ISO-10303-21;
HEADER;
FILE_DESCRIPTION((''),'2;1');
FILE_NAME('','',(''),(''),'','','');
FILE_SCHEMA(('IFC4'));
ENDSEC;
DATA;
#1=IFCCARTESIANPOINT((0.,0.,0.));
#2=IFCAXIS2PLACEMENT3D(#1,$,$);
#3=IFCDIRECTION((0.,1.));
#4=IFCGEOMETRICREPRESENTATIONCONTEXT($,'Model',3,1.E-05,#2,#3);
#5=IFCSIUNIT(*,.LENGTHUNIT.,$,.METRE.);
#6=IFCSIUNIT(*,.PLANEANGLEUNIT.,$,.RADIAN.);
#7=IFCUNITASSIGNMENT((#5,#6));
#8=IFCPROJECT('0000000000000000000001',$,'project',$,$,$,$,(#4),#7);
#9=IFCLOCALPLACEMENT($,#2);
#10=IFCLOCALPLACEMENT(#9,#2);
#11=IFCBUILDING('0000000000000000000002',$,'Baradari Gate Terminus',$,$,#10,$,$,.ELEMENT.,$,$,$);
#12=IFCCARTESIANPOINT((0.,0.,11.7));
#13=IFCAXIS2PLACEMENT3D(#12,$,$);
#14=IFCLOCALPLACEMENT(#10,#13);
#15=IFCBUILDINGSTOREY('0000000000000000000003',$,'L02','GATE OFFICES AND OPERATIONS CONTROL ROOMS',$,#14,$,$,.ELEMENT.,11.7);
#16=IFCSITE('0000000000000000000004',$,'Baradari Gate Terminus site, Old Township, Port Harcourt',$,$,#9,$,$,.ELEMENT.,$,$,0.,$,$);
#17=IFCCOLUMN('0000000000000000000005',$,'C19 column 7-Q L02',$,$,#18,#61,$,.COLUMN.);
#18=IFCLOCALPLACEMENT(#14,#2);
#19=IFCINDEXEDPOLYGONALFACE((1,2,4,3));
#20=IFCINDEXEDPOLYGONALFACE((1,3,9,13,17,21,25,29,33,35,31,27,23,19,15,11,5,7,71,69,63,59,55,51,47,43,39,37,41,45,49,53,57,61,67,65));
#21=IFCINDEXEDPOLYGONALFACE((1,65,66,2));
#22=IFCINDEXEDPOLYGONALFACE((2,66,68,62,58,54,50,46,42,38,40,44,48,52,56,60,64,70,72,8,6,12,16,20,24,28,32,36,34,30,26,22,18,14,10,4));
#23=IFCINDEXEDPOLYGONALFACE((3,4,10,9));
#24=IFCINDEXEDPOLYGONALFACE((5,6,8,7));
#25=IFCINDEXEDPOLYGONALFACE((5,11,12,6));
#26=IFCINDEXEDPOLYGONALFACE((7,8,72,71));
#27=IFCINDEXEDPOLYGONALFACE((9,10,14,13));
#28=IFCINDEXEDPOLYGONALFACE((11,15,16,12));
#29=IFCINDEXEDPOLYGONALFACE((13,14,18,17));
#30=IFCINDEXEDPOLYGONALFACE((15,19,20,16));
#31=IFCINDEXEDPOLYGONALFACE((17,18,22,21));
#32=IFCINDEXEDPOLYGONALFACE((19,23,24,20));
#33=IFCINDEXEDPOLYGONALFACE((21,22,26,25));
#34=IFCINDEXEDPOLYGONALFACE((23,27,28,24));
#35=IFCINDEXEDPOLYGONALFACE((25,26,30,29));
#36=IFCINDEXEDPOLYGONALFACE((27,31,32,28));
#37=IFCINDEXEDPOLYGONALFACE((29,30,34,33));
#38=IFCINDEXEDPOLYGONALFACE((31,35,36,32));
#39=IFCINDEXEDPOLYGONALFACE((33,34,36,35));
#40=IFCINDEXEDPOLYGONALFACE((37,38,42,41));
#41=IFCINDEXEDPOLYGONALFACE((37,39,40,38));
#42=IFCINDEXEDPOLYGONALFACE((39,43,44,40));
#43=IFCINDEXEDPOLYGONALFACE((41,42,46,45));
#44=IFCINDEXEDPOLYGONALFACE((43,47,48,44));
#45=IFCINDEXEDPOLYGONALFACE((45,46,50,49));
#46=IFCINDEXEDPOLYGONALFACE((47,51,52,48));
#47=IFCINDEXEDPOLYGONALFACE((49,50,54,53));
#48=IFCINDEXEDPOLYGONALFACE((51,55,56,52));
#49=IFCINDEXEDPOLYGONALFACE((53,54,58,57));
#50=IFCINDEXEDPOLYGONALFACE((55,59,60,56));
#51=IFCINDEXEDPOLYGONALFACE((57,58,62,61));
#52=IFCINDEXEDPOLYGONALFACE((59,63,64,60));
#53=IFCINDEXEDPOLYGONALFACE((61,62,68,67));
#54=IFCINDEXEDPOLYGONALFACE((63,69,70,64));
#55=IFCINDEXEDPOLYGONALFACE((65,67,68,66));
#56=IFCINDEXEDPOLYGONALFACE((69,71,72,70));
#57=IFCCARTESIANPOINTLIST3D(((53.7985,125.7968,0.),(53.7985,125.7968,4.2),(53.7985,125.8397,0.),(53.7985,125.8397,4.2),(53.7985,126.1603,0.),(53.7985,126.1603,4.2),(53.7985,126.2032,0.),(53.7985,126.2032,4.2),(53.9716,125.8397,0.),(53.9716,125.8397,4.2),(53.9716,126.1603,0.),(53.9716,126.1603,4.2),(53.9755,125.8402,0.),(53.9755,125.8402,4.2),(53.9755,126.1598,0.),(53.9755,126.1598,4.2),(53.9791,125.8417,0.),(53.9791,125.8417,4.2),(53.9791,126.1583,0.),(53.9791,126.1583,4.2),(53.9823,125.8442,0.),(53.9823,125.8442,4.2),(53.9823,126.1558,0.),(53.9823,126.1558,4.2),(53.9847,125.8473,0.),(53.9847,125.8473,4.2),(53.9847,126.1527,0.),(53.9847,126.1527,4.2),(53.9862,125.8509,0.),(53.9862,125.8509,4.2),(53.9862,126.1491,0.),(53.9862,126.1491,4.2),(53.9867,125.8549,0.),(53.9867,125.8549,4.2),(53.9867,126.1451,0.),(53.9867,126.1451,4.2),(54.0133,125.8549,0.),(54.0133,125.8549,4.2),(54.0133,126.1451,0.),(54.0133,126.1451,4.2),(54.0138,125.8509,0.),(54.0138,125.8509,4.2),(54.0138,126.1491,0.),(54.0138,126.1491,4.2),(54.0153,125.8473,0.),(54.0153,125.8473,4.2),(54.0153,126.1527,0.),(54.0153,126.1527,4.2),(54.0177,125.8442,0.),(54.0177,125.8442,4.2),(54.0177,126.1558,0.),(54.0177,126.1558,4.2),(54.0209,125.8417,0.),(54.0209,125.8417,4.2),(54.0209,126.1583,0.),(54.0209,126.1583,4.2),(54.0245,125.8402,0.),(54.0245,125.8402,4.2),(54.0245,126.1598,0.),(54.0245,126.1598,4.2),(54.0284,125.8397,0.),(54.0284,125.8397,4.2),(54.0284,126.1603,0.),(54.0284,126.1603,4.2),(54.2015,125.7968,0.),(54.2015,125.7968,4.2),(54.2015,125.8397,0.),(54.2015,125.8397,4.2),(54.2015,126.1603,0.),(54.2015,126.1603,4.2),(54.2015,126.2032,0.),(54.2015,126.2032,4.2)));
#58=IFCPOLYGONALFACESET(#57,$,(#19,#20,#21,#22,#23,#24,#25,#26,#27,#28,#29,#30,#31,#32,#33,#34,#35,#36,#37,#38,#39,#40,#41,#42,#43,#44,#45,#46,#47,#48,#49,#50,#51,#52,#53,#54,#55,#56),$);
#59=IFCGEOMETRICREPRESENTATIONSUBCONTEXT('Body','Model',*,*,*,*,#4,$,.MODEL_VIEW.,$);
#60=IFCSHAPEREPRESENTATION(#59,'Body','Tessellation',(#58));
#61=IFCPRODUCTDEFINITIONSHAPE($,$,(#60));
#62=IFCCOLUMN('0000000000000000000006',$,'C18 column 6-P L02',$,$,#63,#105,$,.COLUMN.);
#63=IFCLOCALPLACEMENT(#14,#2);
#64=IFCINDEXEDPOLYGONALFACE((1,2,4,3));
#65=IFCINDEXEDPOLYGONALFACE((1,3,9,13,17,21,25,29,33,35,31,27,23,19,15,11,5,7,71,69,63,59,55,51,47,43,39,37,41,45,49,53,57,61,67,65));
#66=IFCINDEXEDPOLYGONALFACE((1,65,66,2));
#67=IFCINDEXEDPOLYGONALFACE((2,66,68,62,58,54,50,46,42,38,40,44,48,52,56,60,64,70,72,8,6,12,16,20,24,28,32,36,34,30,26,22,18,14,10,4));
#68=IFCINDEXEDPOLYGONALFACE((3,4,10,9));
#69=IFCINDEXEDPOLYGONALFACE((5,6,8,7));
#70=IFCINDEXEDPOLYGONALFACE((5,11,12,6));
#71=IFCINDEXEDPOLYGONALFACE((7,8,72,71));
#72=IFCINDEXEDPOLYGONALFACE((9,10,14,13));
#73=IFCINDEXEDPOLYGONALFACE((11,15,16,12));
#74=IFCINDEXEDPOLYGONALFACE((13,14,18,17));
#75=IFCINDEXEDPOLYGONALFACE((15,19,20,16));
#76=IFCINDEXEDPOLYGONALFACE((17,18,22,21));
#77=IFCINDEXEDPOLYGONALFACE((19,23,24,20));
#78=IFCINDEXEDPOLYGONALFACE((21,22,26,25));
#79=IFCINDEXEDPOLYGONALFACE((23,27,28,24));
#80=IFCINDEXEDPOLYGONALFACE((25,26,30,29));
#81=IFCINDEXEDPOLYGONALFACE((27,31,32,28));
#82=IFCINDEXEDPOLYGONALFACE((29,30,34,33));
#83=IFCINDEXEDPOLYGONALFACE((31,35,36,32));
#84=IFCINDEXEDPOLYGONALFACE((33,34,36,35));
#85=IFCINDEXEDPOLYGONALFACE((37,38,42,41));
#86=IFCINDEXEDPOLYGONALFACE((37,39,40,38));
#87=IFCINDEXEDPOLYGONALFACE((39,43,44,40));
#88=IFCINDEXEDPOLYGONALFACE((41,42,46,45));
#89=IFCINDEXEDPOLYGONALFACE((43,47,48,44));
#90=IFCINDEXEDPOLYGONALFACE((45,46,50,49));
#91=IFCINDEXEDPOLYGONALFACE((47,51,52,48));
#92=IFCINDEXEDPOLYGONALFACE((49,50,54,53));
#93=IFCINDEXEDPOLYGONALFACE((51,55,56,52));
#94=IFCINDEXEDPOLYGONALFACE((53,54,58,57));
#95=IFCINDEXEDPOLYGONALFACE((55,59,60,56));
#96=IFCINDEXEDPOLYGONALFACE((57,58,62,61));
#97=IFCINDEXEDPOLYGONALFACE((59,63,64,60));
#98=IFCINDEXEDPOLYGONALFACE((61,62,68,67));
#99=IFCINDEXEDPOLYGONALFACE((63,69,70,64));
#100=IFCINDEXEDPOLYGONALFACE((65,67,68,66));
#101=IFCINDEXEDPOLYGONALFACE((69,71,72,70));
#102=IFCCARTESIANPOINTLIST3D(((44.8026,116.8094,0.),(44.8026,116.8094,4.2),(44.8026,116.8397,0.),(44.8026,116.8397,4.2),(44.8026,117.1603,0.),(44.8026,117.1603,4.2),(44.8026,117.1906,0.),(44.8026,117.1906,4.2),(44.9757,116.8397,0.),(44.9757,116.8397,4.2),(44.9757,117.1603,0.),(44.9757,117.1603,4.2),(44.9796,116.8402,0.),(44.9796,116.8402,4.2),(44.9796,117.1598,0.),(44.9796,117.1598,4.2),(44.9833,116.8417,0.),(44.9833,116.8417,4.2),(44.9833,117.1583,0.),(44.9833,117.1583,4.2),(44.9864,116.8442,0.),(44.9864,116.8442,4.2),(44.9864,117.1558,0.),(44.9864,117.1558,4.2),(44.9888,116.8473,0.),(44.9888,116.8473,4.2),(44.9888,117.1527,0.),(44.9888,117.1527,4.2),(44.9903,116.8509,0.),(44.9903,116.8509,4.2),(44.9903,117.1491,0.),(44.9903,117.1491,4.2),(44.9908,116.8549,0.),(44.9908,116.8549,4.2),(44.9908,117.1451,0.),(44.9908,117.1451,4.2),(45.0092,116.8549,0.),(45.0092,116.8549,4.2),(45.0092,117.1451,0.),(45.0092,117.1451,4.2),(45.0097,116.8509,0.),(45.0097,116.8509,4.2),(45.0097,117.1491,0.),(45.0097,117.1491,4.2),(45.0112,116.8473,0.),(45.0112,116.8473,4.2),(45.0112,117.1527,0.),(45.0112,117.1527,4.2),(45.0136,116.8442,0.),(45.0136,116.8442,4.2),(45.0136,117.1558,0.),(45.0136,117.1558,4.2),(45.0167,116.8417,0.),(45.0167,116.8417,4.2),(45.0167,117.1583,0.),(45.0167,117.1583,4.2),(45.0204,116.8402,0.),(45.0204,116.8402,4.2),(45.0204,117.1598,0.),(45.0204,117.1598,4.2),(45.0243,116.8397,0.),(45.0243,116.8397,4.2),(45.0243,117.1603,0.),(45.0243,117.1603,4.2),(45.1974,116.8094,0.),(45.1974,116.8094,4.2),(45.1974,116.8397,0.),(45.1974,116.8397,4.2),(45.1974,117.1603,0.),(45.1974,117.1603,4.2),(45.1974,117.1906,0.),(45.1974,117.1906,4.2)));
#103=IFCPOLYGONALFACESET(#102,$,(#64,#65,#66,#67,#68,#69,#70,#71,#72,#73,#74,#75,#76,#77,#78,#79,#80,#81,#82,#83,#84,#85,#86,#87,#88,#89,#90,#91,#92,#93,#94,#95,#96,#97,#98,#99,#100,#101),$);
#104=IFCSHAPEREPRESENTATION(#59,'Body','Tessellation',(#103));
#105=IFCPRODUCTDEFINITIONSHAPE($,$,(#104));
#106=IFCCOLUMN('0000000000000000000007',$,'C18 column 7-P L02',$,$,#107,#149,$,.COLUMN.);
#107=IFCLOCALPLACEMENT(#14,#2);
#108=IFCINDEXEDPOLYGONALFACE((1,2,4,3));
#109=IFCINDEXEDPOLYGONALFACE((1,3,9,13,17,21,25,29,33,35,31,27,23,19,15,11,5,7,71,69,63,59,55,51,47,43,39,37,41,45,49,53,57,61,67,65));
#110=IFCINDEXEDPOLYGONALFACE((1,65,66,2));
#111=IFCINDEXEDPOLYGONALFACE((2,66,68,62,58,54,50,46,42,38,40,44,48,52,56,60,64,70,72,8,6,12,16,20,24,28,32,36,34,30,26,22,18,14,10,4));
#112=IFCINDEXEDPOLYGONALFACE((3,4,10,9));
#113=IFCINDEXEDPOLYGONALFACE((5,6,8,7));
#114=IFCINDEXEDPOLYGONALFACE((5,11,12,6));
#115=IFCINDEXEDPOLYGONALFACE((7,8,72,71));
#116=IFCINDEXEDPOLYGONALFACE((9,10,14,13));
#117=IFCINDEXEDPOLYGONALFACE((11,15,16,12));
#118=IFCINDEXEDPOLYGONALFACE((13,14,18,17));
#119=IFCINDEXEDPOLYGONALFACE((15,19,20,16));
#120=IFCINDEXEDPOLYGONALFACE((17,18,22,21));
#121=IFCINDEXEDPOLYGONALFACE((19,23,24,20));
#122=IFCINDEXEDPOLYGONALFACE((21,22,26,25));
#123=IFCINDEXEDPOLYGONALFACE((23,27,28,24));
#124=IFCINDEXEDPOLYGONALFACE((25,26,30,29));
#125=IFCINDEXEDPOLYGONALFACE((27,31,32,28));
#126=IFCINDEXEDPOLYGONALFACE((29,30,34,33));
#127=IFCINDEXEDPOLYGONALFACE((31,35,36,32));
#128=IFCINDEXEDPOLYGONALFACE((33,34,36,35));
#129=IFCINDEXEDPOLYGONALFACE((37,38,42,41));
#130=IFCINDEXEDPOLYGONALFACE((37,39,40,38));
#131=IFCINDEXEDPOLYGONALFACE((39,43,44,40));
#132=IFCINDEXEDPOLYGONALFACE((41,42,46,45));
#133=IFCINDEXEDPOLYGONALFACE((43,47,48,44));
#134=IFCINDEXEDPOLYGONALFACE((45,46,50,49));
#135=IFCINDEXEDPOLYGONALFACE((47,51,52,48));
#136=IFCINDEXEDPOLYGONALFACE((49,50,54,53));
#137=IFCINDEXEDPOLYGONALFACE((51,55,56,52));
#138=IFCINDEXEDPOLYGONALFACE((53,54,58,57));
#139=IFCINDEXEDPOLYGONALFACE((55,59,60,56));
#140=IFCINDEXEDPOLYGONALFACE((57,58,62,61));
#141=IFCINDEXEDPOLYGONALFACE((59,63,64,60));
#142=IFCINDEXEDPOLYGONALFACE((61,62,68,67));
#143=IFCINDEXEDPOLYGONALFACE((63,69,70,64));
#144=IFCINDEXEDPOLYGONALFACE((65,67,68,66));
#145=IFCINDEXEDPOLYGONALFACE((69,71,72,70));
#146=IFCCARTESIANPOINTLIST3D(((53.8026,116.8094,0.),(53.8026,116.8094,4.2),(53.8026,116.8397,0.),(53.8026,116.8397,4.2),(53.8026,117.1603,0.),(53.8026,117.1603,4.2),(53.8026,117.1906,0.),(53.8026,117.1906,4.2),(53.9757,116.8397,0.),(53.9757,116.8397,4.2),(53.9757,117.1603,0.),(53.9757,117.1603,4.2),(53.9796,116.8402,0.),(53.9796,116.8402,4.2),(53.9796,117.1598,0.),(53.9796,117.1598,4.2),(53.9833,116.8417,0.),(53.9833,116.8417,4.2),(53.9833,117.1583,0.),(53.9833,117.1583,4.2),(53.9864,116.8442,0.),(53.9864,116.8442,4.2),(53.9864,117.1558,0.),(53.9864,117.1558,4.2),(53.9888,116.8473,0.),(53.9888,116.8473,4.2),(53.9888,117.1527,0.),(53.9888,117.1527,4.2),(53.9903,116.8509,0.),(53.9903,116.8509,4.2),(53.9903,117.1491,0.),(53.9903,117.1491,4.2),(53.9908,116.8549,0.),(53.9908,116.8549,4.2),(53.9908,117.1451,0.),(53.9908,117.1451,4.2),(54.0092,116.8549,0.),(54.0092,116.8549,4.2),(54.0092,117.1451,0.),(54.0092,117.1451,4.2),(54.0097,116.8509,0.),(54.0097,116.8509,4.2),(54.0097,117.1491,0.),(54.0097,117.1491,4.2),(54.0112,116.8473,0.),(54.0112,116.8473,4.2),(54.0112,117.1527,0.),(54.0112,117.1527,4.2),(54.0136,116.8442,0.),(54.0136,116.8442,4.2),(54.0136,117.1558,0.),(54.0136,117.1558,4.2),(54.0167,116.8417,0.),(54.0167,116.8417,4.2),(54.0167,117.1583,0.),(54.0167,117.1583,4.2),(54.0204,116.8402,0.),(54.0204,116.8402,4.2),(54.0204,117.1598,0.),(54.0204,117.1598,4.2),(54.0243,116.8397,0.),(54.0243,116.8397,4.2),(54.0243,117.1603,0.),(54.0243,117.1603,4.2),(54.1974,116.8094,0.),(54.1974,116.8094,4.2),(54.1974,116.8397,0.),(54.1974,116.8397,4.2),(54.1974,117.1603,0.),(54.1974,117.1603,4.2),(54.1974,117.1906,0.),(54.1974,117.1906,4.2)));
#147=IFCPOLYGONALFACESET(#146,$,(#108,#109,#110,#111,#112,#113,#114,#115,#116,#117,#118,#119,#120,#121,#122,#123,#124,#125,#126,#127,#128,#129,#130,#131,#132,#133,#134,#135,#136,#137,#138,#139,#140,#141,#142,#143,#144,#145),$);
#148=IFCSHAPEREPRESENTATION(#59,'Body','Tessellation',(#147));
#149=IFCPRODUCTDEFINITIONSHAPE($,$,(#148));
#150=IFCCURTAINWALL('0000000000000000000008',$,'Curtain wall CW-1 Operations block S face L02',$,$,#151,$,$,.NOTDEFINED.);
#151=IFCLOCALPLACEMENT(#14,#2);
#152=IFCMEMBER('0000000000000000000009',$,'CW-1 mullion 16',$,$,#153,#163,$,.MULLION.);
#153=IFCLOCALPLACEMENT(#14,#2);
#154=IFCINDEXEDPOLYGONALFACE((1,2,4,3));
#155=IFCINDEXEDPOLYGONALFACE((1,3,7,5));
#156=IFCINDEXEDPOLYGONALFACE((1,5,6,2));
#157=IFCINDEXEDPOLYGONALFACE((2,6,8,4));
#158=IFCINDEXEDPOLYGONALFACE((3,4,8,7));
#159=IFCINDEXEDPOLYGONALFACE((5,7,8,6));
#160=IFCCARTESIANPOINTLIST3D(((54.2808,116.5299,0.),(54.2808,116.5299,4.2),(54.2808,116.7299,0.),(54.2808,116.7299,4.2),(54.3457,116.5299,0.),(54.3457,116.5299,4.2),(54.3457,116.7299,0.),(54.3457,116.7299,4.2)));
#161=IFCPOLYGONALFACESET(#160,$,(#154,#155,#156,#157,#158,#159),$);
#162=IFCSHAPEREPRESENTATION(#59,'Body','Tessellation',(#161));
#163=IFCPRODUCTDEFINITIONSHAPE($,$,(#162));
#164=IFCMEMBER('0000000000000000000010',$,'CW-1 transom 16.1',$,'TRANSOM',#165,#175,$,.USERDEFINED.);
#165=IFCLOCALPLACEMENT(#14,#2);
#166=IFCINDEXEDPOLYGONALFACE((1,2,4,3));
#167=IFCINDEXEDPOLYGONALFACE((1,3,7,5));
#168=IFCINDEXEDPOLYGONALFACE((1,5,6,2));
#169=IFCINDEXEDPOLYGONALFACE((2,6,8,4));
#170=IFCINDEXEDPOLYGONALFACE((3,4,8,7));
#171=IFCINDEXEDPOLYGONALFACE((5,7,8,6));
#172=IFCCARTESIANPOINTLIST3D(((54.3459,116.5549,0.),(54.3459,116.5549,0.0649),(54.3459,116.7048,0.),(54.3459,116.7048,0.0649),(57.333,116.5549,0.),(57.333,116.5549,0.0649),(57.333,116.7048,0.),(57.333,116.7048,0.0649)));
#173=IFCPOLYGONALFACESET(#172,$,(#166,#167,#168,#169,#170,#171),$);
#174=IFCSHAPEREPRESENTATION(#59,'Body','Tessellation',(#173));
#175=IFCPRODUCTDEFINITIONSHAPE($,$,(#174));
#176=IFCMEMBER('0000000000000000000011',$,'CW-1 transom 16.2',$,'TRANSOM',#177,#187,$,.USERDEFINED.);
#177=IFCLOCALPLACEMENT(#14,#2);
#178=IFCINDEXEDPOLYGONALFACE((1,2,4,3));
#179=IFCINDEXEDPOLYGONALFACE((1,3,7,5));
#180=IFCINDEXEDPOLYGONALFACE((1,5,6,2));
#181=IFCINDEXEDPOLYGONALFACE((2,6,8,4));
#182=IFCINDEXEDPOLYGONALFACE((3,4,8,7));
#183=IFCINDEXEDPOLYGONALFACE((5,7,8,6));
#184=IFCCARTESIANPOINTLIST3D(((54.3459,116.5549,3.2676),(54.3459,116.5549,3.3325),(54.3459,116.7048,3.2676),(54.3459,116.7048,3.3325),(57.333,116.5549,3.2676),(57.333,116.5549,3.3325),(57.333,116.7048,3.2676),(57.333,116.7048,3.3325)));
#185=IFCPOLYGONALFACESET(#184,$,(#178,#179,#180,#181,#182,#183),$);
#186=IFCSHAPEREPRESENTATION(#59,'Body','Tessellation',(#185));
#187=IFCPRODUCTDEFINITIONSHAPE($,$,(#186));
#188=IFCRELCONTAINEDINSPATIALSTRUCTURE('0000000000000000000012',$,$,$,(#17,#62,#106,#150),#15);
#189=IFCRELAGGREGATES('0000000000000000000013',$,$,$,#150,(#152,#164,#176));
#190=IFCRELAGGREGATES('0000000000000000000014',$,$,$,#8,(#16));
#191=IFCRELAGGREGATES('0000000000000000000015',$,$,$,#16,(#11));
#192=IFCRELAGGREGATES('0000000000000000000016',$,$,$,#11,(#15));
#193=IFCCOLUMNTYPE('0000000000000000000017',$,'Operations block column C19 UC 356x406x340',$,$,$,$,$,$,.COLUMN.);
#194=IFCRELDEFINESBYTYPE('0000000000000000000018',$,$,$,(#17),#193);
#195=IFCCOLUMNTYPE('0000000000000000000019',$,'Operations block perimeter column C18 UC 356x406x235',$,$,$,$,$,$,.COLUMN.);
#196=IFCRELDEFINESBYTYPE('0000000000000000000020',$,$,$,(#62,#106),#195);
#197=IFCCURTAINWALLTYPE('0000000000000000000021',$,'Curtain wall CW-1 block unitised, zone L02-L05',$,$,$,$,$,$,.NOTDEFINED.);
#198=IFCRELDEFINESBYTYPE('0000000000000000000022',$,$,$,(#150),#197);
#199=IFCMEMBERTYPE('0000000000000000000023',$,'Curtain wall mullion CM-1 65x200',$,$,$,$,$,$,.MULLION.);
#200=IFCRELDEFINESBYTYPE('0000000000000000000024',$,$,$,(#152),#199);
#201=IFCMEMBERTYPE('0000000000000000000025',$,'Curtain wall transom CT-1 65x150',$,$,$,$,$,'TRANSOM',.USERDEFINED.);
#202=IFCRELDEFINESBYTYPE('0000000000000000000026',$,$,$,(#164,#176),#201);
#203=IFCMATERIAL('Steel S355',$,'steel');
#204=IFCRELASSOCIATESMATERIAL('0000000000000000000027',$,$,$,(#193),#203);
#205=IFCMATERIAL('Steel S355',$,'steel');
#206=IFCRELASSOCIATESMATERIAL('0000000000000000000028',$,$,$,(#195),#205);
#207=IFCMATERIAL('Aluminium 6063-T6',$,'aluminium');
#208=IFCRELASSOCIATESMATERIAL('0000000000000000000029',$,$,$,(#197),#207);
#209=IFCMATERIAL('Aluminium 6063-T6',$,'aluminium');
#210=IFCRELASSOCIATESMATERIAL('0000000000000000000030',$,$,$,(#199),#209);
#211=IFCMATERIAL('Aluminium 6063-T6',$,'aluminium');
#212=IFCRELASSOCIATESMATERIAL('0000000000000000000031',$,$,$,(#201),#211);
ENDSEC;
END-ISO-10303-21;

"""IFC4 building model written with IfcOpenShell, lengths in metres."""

from ifc_helpers import new_model, si_unit, direction, frame, origin, origin_2d, place, context, subcontext, project, spatial, rectangle, i_section, extrude, material, material_profile, profile_set, type_object, element, aggregate, save


model = new_model("IFC4")

# Units and contexts
model_context = context("Model", 3, precision=1e-05, world=origin(), true_north=direction((0.0, 1.0)))
body_context = subcontext(model_context, "Body", "Model", "MODEL_VIEW")
ifc_project = project(units=[si_unit("LENGTHUNIT", "METRE"), si_unit("PLANEANGLEUNIT", "RADIAN")], contexts=[model_context])

# Site, building, storey
site_placement = place(None, origin())
site = spatial("IfcSite", under=ifc_project, at=site_placement, Name="Baradari Gate Terminus site, Old Township, Port Harcourt", CompositionType="ELEMENT", RefElevation=0.0)
building_placement = place(site_placement, origin())
building = spatial("IfcBuilding", under=site, at=building_placement, Name="Baradari Gate Terminus", CompositionType="ELEMENT")
storey_placement = place(building_placement, frame((0.0, 0.0, 11.7)))
storey = spatial("IfcBuildingStorey", under=building, at=storey_placement, Name="L02", Description="GATE OFFICES AND OPERATIONS CONTROL ROOMS", CompositionType="ELEMENT", Elevation=11.7)

# Columns
ifc_material_1 = material(Name="Steel S355", Category="steel")
ifc_material_profile_1 = material_profile(ifc_material_1, i_section(OverallWidth=0.4031, OverallDepth=0.4065, WebThickness=0.0266, FlangeThickness=0.043, FilletRadius=0.0151, at=origin_2d()), Name="UC 356x406x340")
ifc_profile_set_1 = profile_set([ifc_material_profile_1], Name="Steel S355")
column_type_1 = type_object("IfcColumnType", Name="Operations block column C19 UC 356x406x340", PredefinedType="COLUMN", material=ifc_profile_set_1)
column_placement = place(storey_placement, frame((54.0, 126.0, 0.0), z_axis=(0.0, 0.0, 1.0), x_axis=(1.0, 0.0, 0.0)))
element("IfcColumn", 1, at=column_placement, inside=storey, type_object=column_type_1, Name="C19 column 7-Q L02", PredefinedType="COLUMN", context=body_context, shape_type="SweptSolid", body=[
    extrude(i_section(OverallWidth=0.4031, OverallDepth=0.4065, WebThickness=0.0266, FlangeThickness=0.043, FilletRadius=0.0151, at=origin_2d()), origin(), (0.0, 0.0, 1.0), 4.2),
])
ifc_material_2 = material(Name="Steel S355", Category="steel")
ifc_material_profile_2 = material_profile(ifc_material_2, i_section(OverallWidth=0.3948, OverallDepth=0.3811, WebThickness=0.0183, FlangeThickness=0.0303, FilletRadius=0.0151, at=origin_2d()), Name="UC 356x406x235")
ifc_profile_set_2 = profile_set([ifc_material_profile_2], Name="Steel S355")
column_type_2 = type_object("IfcColumnType", Name="Operations block perimeter column C18 UC 356x406x235", PredefinedType="COLUMN", material=ifc_profile_set_2)
for number, where, z_axis, x_axis, name in (
    (2, (45.0, 117.0, 0.0), (0.0, 0.0, 1.0), (1.0, 0.0, 0.0), "C18 column 6-P L02"),
    (3, (54.0, 117.0, 0.0), (0.0, 0.0, 1.0), (1.0, 0.0, 0.0), "C18 column 7-P L02"),
):
    element("IfcColumn", number, at=place(storey_placement, frame(where, z_axis=z_axis, x_axis=x_axis)), inside=storey, type_object=column_type_2, Name=name, PredefinedType="COLUMN", context=body_context, shape_type="SweptSolid", body=[
        extrude(i_section(OverallWidth=0.3948, OverallDepth=0.3811, WebThickness=0.0183, FlangeThickness=0.0303, FilletRadius=0.0151, at=origin_2d()), origin(), (0.0, 0.0, 1.0), 4.2),
    ])

# Curtain wall, members
ifc_material_3 = material(Name="Aluminium 6063-T6", Category="aluminium")
curtain_wall_type = type_object("IfcCurtainWallType", Name="Curtain wall CW-1 block unitised, zone L02-L05", PredefinedType="NOTDEFINED", material=ifc_material_3)
curtain_wall_placement = place(storey_placement, origin())
curtain_wall = element("IfcCurtainWall", 4, at=curtain_wall_placement, inside=storey, type_object=curtain_wall_type, Name="Curtain wall CW-1 Operations block S face L02", PredefinedType="NOTDEFINED")
ifc_material_4 = material(Name="Aluminium 6063-T6", Category="aluminium")
ifc_material_profile_3 = material_profile(ifc_material_4, rectangle(XDim=0.2, YDim=0.0649, at=origin_2d()), Name="CM-1 65X200")
ifc_profile_set_3 = profile_set([ifc_material_profile_3], Name="Aluminium 6063-T6")
member_type_1 = type_object("IfcMemberType", Name="Curtain wall mullion CM-1 65x200", PredefinedType="MULLION", material=ifc_profile_set_3)
member_1_placement = place(storey_placement, frame((54.3132, 116.6299, 0.0), z_axis=(0.0, 0.0, 1.0), x_axis=(0.0, 1.0, 0.0)))
member_1 = element("IfcMember", 5, at=member_1_placement, type_object=member_type_1, Name="CW-1 mullion 16", PredefinedType="MULLION", context=body_context, shape_type="SweptSolid", body=[
    extrude(rectangle(XDim=0.2, YDim=0.0649, at=origin_2d()), origin(), (0.0, 0.0, 1.0), 4.2),
])
ifc_material_5 = material(Name="Aluminium 6063-T6", Category="aluminium")
ifc_material_profile_4 = material_profile(ifc_material_5, rectangle(XDim=0.1499, YDim=0.0649, at=origin_2d()), Name="CT-1 65X150")
ifc_profile_set_4 = profile_set([ifc_material_profile_4], Name="Aluminium 6063-T6")
member_type_2 = type_object("IfcMemberType", Name="Curtain wall transom CT-1 65x150", ElementType="TRANSOM", PredefinedType="USERDEFINED", material=ifc_profile_set_4)
member_2_placement = place(storey_placement, frame((54.3459, 116.6299, 0.0325), z_axis=(1.0, 0.0, 0.0), x_axis=(0.0, 1.0, 0.0)))
member_2 = element("IfcMember", 6, at=member_2_placement, type_object=member_type_2, Name="CW-1 transom 16.1", ObjectType="TRANSOM", PredefinedType="USERDEFINED", context=body_context, shape_type="SweptSolid", body=[
    extrude(rectangle(XDim=0.1499, YDim=0.0649, at=origin_2d()), origin(), (0.0, 0.0, 1.0), 2.9871),
])
member_3_placement = place(storey_placement, frame((54.3459, 116.6299, 3.3), z_axis=(1.0, 0.0, 0.0), x_axis=(0.0, 1.0, 0.0)))
member_3 = element("IfcMember", 7, at=member_3_placement, type_object=member_type_2, Name="CW-1 transom 16.2", ObjectType="TRANSOM", PredefinedType="USERDEFINED", context=body_context, shape_type="SweptSolid", body=[
    extrude(rectangle(XDim=0.1499, YDim=0.0649, at=origin_2d()), origin(), (0.0, 0.0, 1.0), 2.9871),
])

aggregate(curtain_wall, [member_1, member_2, member_3])

save(model, "model.ifc")
